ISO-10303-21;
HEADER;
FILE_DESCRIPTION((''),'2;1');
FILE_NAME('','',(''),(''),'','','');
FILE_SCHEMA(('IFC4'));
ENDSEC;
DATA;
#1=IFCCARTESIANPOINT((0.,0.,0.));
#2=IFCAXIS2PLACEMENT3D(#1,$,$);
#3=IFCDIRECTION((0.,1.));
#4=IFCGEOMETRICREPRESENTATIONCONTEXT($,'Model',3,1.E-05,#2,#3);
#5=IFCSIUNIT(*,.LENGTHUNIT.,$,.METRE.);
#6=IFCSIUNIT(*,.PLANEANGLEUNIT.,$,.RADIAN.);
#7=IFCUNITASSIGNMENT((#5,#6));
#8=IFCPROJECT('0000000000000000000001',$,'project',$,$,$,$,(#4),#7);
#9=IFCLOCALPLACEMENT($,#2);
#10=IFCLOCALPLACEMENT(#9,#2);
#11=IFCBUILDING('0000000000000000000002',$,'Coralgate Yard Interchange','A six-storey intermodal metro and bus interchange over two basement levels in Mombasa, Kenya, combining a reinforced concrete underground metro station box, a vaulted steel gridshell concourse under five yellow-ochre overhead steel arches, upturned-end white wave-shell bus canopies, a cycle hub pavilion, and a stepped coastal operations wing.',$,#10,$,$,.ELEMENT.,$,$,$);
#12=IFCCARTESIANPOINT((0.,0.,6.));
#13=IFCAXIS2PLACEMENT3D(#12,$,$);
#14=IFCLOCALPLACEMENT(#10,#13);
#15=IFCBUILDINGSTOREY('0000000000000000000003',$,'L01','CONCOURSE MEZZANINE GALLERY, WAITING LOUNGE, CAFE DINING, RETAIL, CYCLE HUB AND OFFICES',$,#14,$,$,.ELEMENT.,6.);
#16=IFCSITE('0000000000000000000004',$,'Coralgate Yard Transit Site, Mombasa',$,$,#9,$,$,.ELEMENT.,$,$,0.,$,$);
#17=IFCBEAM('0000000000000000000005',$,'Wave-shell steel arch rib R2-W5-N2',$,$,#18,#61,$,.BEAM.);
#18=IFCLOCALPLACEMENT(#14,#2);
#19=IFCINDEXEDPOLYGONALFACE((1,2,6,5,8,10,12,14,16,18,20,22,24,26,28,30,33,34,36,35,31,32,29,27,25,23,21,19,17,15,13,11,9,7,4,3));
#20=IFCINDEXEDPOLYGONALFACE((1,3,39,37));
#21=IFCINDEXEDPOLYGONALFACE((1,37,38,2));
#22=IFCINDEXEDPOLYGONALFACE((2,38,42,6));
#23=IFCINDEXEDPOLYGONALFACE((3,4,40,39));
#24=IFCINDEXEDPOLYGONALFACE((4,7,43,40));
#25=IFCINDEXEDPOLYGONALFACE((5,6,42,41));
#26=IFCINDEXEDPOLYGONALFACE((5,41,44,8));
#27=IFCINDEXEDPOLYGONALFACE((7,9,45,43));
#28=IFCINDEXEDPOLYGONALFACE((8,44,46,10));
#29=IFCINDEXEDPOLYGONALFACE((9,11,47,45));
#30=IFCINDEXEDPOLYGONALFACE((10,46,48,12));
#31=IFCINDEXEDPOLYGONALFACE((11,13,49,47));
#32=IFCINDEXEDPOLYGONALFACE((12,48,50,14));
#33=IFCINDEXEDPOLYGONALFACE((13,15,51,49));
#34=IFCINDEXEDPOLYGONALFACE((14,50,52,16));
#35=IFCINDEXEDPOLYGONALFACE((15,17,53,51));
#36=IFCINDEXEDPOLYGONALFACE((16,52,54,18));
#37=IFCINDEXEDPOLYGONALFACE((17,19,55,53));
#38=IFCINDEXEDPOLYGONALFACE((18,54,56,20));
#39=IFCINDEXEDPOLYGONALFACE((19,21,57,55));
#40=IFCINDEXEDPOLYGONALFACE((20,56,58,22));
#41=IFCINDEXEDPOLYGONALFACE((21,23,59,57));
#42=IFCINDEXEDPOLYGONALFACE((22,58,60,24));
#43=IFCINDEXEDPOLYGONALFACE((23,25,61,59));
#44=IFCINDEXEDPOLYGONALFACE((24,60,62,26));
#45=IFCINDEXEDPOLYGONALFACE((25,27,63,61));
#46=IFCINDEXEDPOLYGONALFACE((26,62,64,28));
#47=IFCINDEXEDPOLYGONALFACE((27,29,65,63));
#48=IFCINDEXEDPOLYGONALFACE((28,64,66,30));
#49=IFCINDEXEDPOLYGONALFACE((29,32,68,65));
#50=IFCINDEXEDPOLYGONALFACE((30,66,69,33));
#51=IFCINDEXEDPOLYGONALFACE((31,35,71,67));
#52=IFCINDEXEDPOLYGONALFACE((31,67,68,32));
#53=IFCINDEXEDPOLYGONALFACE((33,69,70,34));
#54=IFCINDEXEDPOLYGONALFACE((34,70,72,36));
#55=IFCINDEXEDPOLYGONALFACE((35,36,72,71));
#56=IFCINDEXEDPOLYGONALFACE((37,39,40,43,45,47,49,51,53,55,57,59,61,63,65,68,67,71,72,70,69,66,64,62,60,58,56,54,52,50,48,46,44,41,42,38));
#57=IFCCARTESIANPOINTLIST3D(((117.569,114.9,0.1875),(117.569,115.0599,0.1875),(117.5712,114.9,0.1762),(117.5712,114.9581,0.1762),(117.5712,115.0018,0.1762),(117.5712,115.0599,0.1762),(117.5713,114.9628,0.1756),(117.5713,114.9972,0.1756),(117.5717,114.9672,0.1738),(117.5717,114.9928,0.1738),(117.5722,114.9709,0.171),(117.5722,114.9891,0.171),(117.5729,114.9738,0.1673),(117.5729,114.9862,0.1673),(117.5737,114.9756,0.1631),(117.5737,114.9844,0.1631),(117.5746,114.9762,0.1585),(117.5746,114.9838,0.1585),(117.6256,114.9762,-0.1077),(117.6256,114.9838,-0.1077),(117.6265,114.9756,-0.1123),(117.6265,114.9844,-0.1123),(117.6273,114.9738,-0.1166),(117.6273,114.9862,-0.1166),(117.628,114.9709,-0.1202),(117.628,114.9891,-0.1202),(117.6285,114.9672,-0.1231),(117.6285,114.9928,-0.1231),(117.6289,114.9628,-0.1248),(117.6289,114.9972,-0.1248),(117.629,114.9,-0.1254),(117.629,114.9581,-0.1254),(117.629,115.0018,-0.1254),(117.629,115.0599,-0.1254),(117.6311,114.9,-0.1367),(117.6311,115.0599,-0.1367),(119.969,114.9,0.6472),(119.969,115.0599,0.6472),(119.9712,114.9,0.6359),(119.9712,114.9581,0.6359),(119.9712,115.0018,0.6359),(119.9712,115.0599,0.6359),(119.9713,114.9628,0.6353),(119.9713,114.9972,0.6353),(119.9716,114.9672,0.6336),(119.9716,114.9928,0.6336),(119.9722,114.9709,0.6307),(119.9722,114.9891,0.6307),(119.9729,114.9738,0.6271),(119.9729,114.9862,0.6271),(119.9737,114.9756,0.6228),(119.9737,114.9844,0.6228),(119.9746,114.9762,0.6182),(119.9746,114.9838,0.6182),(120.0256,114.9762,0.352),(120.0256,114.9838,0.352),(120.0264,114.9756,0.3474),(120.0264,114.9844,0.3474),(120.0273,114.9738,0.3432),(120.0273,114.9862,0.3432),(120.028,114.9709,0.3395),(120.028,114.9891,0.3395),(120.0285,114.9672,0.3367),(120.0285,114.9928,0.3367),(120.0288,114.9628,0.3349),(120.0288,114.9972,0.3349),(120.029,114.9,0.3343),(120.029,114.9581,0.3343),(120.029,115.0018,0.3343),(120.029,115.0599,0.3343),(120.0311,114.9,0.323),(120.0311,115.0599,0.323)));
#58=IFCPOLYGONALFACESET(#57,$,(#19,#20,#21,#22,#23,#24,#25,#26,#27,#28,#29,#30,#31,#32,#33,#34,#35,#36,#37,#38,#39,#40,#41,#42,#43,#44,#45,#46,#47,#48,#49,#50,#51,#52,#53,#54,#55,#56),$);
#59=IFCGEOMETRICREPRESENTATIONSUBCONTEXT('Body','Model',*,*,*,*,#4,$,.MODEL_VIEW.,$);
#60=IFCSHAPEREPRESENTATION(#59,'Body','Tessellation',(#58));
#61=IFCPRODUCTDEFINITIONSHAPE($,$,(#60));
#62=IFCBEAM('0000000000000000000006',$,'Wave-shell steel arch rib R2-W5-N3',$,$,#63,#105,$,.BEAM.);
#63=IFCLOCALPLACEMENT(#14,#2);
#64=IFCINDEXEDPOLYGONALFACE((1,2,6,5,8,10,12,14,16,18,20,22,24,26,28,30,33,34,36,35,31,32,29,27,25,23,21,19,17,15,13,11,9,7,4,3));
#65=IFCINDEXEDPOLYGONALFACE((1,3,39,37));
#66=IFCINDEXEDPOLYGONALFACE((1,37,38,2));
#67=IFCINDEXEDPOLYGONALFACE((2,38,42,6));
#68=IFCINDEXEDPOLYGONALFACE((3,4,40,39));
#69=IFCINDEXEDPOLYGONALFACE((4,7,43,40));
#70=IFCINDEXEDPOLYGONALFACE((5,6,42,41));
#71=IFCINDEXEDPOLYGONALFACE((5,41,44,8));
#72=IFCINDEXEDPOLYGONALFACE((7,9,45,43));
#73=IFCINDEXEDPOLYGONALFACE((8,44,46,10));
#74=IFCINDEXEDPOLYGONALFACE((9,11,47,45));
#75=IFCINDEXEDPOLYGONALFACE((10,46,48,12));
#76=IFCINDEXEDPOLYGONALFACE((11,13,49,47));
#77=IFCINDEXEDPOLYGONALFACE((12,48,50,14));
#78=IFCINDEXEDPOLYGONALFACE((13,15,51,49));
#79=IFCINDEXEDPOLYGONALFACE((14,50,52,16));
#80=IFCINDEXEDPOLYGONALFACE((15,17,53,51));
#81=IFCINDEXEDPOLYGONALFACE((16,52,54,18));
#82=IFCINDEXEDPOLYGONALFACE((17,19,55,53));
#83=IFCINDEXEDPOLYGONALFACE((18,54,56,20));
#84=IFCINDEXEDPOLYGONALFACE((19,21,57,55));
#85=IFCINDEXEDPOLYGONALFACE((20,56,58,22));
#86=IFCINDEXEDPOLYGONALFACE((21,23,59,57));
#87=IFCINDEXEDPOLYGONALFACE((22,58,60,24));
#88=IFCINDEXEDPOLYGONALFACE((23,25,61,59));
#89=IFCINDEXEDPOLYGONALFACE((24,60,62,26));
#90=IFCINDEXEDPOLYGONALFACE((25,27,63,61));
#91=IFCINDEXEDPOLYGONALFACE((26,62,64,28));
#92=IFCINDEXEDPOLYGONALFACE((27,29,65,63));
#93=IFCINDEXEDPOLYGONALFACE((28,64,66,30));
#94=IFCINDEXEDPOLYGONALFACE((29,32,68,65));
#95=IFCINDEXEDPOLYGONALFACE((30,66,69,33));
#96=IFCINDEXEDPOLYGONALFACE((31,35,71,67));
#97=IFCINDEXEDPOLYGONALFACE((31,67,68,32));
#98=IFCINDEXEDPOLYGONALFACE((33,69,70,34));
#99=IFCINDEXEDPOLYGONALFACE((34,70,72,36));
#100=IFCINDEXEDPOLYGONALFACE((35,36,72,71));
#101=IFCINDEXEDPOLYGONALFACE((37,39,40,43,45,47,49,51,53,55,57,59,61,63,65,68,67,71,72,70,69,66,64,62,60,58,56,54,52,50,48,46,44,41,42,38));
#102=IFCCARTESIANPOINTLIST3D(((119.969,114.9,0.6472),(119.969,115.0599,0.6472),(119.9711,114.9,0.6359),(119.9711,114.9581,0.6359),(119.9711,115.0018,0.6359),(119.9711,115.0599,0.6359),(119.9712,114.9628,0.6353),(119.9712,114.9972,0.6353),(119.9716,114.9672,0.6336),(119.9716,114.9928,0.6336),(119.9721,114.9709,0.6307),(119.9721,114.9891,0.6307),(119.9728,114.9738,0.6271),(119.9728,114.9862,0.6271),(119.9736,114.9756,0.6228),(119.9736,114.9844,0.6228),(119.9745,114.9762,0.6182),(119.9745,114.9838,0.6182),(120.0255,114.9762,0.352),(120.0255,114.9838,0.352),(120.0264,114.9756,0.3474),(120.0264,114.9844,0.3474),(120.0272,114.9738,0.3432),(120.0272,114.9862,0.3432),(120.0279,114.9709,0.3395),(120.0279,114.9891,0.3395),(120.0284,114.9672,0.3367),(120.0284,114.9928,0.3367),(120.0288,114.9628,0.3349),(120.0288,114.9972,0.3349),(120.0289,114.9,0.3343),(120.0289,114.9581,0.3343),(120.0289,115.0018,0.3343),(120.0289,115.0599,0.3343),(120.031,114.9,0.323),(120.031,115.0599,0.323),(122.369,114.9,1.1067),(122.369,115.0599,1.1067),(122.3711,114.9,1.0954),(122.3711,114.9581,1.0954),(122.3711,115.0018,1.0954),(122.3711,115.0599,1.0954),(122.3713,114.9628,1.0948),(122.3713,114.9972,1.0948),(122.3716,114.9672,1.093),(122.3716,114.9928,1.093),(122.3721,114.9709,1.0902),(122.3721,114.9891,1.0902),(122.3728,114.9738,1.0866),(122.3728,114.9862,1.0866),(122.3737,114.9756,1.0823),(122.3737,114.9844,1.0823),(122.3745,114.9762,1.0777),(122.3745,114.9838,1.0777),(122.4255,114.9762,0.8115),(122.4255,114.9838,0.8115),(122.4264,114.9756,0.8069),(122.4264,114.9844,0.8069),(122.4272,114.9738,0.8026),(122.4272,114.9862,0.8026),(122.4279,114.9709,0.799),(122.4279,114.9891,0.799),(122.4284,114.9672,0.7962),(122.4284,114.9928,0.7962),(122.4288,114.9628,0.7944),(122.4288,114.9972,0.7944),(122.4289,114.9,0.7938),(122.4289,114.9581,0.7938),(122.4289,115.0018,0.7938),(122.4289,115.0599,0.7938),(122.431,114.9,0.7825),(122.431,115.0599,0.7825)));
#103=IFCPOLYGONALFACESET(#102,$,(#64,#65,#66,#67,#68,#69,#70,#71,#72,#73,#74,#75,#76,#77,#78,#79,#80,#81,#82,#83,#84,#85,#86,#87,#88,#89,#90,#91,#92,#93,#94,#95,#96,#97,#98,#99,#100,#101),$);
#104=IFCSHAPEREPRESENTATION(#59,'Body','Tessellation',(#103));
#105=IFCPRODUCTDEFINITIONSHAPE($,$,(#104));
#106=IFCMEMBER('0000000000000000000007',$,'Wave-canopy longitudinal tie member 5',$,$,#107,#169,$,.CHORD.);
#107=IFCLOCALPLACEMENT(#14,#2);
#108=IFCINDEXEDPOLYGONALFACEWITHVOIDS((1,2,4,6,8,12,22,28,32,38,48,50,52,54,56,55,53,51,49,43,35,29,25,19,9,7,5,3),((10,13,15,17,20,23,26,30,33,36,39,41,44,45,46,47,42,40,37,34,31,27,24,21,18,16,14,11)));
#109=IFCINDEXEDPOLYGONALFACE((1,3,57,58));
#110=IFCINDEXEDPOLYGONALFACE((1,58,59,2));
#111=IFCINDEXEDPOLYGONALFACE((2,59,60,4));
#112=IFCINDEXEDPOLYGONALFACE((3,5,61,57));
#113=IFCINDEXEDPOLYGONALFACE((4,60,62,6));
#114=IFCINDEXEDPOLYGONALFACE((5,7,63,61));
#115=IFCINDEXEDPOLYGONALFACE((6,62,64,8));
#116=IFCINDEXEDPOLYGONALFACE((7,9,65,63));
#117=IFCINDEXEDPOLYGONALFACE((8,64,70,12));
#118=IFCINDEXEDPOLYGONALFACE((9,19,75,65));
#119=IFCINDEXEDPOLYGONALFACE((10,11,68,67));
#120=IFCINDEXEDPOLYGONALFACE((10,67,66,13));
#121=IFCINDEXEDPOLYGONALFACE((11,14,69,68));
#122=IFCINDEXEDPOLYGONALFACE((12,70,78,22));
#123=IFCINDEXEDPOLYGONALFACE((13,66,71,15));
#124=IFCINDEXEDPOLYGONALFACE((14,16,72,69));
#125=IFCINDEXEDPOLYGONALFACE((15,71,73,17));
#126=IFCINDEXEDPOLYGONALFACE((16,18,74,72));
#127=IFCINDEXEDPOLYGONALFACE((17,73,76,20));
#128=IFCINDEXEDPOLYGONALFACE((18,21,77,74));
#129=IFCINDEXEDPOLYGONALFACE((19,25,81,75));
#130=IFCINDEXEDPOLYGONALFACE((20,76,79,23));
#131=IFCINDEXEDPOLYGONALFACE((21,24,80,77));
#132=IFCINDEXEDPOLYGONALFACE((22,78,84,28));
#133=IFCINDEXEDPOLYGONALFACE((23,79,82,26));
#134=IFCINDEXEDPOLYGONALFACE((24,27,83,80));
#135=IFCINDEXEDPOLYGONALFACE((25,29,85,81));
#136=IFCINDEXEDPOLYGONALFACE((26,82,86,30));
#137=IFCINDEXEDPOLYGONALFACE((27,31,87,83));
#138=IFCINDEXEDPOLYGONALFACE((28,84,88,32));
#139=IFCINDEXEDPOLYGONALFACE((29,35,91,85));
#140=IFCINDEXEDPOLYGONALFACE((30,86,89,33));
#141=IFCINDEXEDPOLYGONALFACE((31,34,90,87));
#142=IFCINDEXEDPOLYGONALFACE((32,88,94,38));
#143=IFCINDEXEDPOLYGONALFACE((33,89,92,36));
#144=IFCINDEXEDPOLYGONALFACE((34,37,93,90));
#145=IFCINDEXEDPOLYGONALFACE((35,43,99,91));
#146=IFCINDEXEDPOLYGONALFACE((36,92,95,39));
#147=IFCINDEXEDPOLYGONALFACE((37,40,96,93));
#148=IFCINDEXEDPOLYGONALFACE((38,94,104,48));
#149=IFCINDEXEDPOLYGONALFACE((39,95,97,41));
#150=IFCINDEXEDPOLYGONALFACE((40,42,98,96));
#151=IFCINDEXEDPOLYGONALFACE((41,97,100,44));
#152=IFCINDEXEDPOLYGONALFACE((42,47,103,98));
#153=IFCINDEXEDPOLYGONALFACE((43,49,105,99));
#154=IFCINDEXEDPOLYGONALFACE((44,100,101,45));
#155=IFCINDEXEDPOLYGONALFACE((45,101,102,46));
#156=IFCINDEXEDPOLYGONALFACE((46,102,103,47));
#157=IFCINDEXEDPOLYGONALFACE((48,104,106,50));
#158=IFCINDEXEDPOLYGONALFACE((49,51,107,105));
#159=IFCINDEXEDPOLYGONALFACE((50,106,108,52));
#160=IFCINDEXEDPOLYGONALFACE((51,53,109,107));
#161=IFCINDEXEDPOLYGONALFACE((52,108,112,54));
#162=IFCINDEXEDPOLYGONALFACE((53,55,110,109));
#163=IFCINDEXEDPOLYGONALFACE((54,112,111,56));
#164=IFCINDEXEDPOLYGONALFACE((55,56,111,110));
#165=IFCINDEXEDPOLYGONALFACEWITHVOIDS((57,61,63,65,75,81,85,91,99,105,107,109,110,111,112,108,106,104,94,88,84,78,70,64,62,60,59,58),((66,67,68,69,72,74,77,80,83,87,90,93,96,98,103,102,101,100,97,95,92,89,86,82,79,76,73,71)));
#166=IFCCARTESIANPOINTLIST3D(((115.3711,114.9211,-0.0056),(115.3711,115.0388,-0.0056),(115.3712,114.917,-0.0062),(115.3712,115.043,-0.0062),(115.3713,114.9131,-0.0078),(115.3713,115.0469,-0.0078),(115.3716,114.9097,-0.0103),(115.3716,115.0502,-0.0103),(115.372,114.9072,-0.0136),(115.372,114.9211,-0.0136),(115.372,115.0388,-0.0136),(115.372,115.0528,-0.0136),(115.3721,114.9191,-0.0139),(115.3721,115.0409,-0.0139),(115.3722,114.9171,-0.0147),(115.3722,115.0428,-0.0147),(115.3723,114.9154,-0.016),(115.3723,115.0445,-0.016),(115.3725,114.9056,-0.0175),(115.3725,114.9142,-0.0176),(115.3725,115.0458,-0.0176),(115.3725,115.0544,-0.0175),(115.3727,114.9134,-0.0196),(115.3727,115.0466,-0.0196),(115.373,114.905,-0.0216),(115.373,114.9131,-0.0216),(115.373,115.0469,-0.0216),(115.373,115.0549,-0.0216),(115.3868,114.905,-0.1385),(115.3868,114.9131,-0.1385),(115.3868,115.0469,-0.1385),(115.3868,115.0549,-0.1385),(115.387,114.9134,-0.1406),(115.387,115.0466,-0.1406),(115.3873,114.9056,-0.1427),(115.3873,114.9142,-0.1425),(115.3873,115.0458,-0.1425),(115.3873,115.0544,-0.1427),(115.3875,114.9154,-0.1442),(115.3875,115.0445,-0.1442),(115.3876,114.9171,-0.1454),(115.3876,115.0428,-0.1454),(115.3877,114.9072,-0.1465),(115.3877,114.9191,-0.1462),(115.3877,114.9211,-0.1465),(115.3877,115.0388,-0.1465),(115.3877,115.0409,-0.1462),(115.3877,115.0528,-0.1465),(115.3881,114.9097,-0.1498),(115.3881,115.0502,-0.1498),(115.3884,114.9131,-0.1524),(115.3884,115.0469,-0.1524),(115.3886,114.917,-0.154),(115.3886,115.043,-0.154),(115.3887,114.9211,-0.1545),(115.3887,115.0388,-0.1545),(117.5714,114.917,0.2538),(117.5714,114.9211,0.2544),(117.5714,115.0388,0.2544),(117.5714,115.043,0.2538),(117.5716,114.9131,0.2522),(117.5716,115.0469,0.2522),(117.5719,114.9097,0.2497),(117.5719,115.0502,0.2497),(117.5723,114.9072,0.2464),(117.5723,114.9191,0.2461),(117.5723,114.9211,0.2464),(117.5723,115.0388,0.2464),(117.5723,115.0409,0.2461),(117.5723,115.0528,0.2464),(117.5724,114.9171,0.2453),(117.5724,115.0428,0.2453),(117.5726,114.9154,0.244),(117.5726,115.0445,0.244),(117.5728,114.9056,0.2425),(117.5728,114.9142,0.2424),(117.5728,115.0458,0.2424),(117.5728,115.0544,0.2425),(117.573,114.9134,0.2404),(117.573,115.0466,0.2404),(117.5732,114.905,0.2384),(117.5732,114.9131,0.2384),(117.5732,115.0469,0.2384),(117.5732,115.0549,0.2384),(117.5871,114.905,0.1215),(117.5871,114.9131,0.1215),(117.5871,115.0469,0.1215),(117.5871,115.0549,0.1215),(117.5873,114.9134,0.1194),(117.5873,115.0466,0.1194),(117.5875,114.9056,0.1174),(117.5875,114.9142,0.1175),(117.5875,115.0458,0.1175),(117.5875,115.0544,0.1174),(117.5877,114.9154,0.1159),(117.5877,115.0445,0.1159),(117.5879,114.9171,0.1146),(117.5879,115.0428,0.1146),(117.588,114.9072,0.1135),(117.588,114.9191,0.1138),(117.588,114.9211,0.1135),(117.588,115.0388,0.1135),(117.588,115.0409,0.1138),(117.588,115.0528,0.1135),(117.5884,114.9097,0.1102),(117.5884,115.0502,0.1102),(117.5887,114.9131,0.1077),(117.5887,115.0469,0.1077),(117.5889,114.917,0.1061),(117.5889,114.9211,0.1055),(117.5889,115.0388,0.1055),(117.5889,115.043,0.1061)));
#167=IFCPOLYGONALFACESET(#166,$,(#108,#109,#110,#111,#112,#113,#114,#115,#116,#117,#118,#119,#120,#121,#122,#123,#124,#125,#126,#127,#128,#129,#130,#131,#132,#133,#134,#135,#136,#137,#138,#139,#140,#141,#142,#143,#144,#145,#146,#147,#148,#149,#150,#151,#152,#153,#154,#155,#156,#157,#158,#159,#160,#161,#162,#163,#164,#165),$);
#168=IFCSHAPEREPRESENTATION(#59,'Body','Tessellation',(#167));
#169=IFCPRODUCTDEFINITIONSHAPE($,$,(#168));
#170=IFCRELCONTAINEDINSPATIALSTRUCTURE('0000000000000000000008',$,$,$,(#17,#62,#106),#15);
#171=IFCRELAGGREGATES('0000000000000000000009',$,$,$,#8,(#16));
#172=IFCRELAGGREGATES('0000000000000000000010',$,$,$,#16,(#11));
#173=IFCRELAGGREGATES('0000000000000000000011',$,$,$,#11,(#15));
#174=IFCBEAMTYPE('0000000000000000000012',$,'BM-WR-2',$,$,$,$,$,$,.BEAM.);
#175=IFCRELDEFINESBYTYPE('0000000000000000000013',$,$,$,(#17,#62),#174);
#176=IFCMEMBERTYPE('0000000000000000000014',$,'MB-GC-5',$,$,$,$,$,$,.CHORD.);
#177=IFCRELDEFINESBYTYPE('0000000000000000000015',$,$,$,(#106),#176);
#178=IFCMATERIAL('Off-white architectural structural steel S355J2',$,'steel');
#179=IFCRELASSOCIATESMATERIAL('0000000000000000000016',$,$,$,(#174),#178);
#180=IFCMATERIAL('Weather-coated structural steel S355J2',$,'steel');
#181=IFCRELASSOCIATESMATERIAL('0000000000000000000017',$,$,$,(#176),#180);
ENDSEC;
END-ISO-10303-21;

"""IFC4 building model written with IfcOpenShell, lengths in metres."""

from ifc_helpers import new_model, si_unit, direction, frame, origin, origin_2d, place, context, subcontext, project, spatial, hollow_rectangle, i_section, extrude, material, material_profile, profile_set, type_object, element, save


model = new_model("IFC4")

# Units and contexts
model_context = context("Model", 3, precision=1e-05, world=origin(), true_north=direction((0.0, 1.0)))
body_context = subcontext(model_context, "Body", "Model", "MODEL_VIEW")
ifc_project = project(units=[si_unit("LENGTHUNIT", "METRE"), si_unit("PLANEANGLEUNIT", "RADIAN")], contexts=[model_context])

# Site, building, storey
site_placement = place(None, origin())
site = spatial("IfcSite", under=ifc_project, at=site_placement, Name="Coralgate Yard Transit Site, Mombasa", CompositionType="ELEMENT", RefElevation=0.0)
building_placement = place(site_placement, origin())
building = spatial("IfcBuilding", under=site, at=building_placement, Name="Coralgate Yard Interchange", Description="A six-storey intermodal metro and bus interchange over two basement levels in Mombasa, Kenya, combining a reinforced concrete underground metro station box, a vaulted steel gridshell concourse under five yellow-ochre overhead steel arches, upturned-end white wave-shell bus canopies, a cycle hub pavilion, and a stepped coastal operations wing.", CompositionType="ELEMENT")
storey_placement = place(building_placement, frame((0.0, 0.0, 6.0)))
storey = spatial("IfcBuildingStorey", under=building, at=storey_placement, Name="L01", Description="CONCOURSE MEZZANINE GALLERY, WAITING LOUNGE, CAFE DINING, RETAIL, CYCLE HUB AND OFFICES", CompositionType="ELEMENT", Elevation=6.0)

# Beams
ifc_material_1 = material(Name="Off-white architectural structural steel S355J2", Category="steel")
ifc_material_profile_1 = material_profile(ifc_material_1, i_section(OverallWidth=0.1599, OverallDepth=0.3301, WebThickness=0.0076, FlangeThickness=0.0115, FilletRadius=0.0181, at=origin_2d()), Name="IPE 330")
ifc_profile_set_1 = profile_set([ifc_material_profile_1], Name="Off-white architectural structural steel S355J2")
beam_type_1 = type_object("IfcBeamType", Name="BM-WR-2", PredefinedType="BEAM", material=ifc_profile_set_1)
for number, where, z_axis, x_axis, name in (
    (1, (117.6001, 114.98, 0.0254), (0.982143, 0.0, 0.188136), (0.0, 1.0, 0.0), "Wave-shell steel arch rib R2-W5-N2"),
    (2, (120.0, 114.98, 0.4851), (0.982161, 0.0, 0.188039), (0.0, 1.0, 0.0), "Wave-shell steel arch rib R2-W5-N3"),
):
    element("IfcBeam", number, at=place(storey_placement, frame(where, z_axis=z_axis, x_axis=x_axis)), inside=storey, type_object=beam_type_1, Name=name, PredefinedType="BEAM", context=body_context, shape_type="SweptSolid", body=[
        extrude(i_section(OverallWidth=0.1599, OverallDepth=0.3301, WebThickness=0.0076, FlangeThickness=0.0115, FilletRadius=0.0181, at=origin_2d()), origin(), (0.0, 0.0, 1.0), 2.4436),
    ])

# Member
ifc_material_2 = material(Name="Weather-coated structural steel S355J2", Category="steel")
ifc_material_profile_2 = material_profile(ifc_material_2, hollow_rectangle(XDim=0.1499, YDim=0.1499, WallThickness=0.0081, InnerFilletRadius=0.0081, OuterFilletRadius=0.0161, at=origin_2d()), Name="SHS 150x150x8")
ifc_profile_set_2 = profile_set([ifc_material_profile_2], Name="Weather-coated structural steel S355J2")
member_type_1 = type_object("IfcMemberType", Name="MB-GC-5", PredefinedType="CHORD", material=ifc_profile_set_2)
member_placement = place(storey_placement, frame((115.3799, 114.98, -0.0801), z_axis=(0.99309, 0.0, 0.117359), x_axis=(0.0, 1.0, 0.0)))
element("IfcMember", 3, at=member_placement, inside=storey, type_object=member_type_1, Name="Wave-canopy longitudinal tie member 5", PredefinedType="CHORD", context=body_context, shape_type="SweptSolid", body=[
    extrude(hollow_rectangle(XDim=0.1499, YDim=0.1499, WallThickness=0.0081, InnerFilletRadius=0.0081, OuterFilletRadius=0.0161, at=origin_2d()), origin(), (0.0, 0.0, 1.0), 2.2156),
])

save(model, "model.ifc")
